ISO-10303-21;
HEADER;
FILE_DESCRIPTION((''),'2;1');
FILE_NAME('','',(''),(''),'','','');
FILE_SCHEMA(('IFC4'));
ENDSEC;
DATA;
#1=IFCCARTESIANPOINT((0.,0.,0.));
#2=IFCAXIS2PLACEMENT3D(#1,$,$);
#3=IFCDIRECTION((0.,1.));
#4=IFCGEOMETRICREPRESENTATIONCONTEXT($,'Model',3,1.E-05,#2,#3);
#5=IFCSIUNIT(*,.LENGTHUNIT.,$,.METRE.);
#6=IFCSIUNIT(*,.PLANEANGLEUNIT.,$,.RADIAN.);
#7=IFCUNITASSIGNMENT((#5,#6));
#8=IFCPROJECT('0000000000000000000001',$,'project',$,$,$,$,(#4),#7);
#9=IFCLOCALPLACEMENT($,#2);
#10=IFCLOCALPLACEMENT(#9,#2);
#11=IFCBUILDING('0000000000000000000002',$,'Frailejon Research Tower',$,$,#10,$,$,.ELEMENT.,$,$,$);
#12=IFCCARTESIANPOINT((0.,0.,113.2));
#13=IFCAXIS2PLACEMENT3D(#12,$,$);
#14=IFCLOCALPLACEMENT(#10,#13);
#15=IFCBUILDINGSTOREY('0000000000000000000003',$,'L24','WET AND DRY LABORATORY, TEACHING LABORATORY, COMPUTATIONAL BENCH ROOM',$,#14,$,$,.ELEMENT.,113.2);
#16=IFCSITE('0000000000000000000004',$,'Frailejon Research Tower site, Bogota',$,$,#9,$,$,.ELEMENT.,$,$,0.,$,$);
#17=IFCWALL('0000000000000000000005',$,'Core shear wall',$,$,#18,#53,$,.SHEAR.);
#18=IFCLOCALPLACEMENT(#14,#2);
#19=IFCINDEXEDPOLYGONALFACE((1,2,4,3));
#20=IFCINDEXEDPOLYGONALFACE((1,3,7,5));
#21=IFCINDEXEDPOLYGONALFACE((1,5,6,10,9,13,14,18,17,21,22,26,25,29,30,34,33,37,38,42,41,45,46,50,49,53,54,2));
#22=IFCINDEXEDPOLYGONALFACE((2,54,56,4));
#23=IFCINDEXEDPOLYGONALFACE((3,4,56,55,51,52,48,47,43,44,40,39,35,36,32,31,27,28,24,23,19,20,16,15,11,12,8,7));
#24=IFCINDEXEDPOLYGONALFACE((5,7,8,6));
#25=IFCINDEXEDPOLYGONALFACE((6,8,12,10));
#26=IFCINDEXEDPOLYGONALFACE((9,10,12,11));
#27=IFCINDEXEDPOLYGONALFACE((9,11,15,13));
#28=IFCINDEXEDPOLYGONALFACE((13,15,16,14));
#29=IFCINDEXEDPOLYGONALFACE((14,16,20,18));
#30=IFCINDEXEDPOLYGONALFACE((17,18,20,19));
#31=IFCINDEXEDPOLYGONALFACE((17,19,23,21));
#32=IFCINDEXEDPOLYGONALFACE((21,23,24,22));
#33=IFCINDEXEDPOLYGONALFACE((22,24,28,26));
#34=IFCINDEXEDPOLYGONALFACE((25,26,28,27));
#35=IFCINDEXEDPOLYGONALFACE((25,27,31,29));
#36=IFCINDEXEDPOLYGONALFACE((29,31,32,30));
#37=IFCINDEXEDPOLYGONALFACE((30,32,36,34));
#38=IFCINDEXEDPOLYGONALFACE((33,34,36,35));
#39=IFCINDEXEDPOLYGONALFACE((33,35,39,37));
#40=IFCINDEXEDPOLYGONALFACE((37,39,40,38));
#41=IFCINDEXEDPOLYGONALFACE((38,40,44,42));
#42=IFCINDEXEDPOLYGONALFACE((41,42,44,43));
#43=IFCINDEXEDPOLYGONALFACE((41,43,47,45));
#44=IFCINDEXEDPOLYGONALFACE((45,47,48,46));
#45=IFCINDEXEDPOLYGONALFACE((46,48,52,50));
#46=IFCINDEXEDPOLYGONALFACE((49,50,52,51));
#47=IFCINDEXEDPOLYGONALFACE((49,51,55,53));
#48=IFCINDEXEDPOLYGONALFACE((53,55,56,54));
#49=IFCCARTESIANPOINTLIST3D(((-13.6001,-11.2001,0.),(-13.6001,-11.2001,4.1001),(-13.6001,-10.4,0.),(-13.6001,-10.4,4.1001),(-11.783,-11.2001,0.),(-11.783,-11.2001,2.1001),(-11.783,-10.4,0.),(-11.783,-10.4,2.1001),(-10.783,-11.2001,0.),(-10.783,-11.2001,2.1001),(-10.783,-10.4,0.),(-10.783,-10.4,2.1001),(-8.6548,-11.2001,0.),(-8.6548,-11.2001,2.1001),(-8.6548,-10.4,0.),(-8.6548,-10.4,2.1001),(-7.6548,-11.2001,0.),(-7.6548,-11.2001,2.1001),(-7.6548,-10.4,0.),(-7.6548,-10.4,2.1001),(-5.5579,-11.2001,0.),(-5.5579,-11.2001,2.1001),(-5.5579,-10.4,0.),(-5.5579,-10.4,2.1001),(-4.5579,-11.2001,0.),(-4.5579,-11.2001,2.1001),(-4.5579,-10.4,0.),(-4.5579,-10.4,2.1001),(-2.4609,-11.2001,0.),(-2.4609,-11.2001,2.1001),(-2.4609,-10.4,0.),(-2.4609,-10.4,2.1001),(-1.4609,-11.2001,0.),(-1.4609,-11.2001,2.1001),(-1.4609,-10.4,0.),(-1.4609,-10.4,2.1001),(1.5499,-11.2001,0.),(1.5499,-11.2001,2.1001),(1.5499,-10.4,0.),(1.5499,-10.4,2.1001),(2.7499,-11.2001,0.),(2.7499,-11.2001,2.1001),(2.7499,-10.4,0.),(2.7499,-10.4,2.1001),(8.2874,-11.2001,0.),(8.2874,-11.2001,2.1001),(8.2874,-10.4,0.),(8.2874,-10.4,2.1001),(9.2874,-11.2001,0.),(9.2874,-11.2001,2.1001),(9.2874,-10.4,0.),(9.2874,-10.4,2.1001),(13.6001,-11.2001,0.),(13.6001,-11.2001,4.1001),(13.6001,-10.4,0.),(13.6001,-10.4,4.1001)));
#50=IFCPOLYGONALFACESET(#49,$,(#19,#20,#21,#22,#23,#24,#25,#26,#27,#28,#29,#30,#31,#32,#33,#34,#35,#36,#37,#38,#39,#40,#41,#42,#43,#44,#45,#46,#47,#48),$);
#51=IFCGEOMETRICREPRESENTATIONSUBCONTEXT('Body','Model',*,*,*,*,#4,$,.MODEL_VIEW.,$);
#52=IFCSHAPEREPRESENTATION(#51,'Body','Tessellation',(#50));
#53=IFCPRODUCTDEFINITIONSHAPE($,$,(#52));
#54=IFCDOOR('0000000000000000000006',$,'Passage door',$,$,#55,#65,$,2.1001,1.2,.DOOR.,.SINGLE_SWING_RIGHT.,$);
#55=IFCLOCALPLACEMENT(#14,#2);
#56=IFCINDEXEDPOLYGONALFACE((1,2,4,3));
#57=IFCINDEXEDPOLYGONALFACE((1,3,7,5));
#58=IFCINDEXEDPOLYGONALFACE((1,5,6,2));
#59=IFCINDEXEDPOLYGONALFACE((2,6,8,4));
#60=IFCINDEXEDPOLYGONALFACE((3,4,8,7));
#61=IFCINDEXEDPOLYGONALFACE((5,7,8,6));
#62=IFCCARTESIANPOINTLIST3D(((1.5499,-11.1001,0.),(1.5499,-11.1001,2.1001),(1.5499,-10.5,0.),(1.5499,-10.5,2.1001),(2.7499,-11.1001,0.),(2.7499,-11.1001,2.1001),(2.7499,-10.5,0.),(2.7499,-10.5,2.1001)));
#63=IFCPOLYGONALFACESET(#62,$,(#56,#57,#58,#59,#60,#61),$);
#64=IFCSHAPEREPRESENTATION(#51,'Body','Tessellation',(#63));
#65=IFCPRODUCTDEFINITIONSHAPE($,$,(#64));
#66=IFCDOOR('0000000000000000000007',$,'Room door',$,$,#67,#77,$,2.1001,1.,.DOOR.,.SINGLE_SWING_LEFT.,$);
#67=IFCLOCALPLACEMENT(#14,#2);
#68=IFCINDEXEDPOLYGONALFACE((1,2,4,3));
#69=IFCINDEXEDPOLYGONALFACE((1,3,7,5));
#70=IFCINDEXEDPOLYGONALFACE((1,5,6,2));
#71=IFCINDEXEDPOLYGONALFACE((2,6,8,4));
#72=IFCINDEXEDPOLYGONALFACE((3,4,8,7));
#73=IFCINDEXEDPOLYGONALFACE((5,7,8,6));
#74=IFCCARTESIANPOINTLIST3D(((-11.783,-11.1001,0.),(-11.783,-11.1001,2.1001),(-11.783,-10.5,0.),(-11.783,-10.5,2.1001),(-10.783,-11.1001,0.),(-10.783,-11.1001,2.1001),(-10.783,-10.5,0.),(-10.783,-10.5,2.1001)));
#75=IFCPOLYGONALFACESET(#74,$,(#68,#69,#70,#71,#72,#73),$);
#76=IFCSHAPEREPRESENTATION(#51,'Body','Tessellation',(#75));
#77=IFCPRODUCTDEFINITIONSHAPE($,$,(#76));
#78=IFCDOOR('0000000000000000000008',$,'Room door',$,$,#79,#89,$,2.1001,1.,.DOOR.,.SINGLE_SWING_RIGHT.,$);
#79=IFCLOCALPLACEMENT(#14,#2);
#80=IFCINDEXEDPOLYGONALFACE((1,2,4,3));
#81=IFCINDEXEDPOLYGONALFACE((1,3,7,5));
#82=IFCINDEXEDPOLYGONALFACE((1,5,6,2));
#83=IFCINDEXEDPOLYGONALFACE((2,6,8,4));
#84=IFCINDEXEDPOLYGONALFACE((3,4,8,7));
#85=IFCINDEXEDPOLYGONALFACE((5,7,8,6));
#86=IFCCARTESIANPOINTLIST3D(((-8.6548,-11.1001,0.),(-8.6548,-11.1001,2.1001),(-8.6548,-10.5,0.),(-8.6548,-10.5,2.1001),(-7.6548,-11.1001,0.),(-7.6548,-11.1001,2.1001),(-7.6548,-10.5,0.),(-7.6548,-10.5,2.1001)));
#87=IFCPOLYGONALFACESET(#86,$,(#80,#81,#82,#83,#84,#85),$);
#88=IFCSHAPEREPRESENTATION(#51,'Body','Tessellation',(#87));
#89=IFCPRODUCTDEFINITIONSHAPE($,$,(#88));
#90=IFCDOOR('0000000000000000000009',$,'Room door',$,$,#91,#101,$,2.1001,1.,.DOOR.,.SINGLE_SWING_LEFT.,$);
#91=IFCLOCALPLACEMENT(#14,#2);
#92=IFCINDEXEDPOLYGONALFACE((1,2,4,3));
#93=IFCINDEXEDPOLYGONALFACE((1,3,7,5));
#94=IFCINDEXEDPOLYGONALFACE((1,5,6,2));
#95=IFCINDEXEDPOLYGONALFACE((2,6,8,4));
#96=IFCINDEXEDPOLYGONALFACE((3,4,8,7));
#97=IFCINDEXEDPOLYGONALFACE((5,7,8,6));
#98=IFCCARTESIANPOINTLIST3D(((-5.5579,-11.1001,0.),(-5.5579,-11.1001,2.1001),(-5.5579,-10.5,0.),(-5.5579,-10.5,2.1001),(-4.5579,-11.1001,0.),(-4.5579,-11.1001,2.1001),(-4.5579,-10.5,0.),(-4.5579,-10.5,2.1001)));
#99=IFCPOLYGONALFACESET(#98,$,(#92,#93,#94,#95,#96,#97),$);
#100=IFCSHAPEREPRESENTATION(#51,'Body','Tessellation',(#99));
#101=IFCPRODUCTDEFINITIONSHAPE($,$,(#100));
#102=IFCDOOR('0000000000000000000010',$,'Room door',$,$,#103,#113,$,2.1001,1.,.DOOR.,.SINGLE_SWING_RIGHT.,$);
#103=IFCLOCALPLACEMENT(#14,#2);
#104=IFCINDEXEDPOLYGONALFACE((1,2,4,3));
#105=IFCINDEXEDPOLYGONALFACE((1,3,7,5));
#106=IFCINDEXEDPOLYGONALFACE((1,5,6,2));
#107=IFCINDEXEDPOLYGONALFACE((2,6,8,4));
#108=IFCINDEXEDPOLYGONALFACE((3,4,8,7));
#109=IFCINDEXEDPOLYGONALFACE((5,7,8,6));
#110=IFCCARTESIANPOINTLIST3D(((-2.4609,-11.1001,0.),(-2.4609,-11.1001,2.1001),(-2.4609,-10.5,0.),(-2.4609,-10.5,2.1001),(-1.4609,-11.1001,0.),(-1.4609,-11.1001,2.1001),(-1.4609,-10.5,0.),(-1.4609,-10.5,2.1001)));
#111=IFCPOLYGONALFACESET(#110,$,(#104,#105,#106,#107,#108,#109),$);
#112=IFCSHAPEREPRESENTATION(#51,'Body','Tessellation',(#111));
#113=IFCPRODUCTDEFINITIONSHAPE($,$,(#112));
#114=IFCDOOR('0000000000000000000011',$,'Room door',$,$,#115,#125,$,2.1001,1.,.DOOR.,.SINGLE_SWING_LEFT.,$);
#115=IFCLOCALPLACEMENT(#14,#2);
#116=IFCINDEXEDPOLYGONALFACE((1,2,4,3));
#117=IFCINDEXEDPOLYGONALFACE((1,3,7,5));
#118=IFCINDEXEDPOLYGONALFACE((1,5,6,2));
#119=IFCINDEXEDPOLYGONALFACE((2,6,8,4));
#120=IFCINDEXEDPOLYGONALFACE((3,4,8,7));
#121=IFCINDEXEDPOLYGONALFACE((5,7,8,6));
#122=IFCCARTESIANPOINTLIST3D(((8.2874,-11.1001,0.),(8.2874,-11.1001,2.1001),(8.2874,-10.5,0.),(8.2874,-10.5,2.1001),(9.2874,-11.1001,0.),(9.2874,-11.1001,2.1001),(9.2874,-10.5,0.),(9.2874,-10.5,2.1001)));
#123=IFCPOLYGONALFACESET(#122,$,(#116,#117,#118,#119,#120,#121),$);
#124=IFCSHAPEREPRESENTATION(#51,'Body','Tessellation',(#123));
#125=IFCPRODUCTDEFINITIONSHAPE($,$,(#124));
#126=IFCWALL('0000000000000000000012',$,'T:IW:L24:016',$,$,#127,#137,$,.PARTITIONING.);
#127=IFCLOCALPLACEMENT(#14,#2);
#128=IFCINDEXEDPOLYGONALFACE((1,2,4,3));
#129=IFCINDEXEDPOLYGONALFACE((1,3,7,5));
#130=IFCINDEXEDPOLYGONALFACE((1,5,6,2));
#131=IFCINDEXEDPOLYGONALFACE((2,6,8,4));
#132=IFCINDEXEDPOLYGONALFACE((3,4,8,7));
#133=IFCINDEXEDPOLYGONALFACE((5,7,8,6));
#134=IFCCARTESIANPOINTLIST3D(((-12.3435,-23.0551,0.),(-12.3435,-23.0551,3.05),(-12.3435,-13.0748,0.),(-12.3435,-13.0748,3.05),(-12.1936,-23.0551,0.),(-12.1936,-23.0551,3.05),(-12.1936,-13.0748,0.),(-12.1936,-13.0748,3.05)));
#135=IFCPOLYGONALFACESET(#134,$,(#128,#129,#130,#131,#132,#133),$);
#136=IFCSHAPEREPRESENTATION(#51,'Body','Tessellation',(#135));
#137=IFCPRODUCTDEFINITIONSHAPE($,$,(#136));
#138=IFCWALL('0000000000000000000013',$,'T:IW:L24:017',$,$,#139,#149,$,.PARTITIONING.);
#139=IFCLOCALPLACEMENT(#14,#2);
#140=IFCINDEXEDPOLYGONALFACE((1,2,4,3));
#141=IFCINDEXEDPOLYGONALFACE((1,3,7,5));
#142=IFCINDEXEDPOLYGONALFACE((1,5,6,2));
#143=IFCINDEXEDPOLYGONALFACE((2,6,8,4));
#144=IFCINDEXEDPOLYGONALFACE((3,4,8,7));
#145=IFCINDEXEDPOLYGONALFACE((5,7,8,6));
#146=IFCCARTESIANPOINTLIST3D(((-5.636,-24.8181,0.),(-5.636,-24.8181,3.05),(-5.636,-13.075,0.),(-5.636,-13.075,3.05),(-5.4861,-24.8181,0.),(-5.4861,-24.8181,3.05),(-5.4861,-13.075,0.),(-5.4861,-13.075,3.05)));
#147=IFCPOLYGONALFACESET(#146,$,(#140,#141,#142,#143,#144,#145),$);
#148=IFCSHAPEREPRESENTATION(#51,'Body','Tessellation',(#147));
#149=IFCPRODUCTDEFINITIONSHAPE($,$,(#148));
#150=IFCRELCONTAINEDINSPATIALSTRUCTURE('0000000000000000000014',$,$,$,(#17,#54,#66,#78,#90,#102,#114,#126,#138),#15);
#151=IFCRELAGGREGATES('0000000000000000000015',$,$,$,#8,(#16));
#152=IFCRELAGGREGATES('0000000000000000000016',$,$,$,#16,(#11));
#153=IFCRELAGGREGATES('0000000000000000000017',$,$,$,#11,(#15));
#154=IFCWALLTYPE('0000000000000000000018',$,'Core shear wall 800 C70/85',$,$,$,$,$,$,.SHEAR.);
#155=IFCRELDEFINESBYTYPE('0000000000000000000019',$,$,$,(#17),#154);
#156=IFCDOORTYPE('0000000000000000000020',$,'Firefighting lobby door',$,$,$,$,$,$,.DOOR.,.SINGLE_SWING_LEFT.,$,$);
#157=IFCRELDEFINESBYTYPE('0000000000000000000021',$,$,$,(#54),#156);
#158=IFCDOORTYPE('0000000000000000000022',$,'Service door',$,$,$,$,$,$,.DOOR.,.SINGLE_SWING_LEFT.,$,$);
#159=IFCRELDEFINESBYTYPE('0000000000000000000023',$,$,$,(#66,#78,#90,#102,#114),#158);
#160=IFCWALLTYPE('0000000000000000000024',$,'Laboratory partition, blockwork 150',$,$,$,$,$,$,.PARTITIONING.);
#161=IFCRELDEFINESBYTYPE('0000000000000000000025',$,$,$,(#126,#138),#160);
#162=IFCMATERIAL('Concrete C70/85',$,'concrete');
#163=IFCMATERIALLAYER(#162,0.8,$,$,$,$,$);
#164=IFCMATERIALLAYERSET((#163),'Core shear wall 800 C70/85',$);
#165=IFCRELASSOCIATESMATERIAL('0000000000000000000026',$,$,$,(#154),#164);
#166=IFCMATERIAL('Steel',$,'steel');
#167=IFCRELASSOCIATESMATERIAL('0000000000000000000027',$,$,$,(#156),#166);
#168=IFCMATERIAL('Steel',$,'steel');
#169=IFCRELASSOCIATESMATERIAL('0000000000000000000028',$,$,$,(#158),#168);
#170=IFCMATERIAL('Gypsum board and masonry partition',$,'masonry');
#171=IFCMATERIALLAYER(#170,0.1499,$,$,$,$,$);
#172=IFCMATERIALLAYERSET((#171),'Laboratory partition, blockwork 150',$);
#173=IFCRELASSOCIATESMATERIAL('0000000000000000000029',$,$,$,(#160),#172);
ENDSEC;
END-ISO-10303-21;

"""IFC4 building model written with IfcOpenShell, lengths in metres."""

from ifc_helpers import new_model, si_unit, direction, frame, frame_2d, origin, place, context, subcontext, project, spatial, rectangle, extrude, material, layer, layer_set, type_object, element, fill, save


model = new_model("IFC4")

# Units and contexts
model_context = context("Model", 3, precision=1e-05, world=origin(), true_north=direction((0.0, 1.0)))
body_context = subcontext(model_context, "Body", "Model", "MODEL_VIEW")
ifc_project = project(units=[si_unit("LENGTHUNIT", "METRE"), si_unit("PLANEANGLEUNIT", "RADIAN")], contexts=[model_context])

# Site, building, storey
site_placement = place(None, origin())
site = spatial("IfcSite", under=ifc_project, at=site_placement, Name="Frailejon Research Tower site, Bogota", CompositionType="ELEMENT", RefElevation=0.0)
building_placement = place(site_placement, origin())
building = spatial("IfcBuilding", under=site, at=building_placement, Name="Frailejon Research Tower", CompositionType="ELEMENT")
storey_placement = place(building_placement, frame((0.0, 0.0, 113.2)))
storey = spatial("IfcBuildingStorey", under=building, at=storey_placement, Name="L24", Description="WET AND DRY LABORATORY, TEACHING LABORATORY, COMPUTATIONAL BENCH ROOM", CompositionType="ELEMENT", Elevation=113.2)

# Wall, openings, doors
ifc_material_1 = material(Name="Concrete C70/85", Category="concrete")
ifc_layer_1 = layer(ifc_material_1, 0.8)
ifc_layer_set_1 = layer_set([ifc_layer_1], Name="Core shear wall 800 C70/85")
wall_type_1 = type_object("IfcWallType", Name="Core shear wall 800 C70/85", PredefinedType="SHEAR", material=ifc_layer_set_1)
wall_1_placement = place(storey_placement, frame((-13.6001, -10.8, 0.0), z_axis=(0.0, 0.0, 1.0), x_axis=(1.0, 0.0, 0.0)))
wall_1 = element("IfcWall", 1, at=wall_1_placement, inside=storey, type_object=wall_type_1, Name="Core shear wall", PredefinedType="SHEAR", context=body_context, shape_type="SweptSolid", body=[
    extrude(rectangle(XDim=27.2002, YDim=0.8, at=frame_2d((13.6001, 0.0))), origin(), (0.0, 0.0, 1.0), 4.1001),
])
opening_1_placement = place(wall_1_placement, frame((1.8171, 0.0, 0.0)))
opening_1 = element("IfcOpeningElement", 2, at=opening_1_placement, cuts=wall_1, PredefinedType="OPENING", context=body_context, shape_type="SweptSolid", body=[
    extrude(rectangle(XDim=1.0, YDim=2.1001, at=frame_2d((0.5, 1.05))), frame((0.0, 0.4099, 0.0), z_axis=(0.0, -1.0, 0.0), x_axis=(1.0, 0.0, 0.0)), (0.0, 0.0, 1.0), 0.8201),
])
opening_2_placement = place(wall_1_placement, frame((4.9453, 0.0, 0.0)))
opening_2 = element("IfcOpeningElement", 3, at=opening_2_placement, cuts=wall_1, PredefinedType="OPENING", context=body_context, shape_type="SweptSolid", body=[
    extrude(rectangle(XDim=1.0, YDim=2.1001, at=frame_2d((0.5, 1.05))), frame((0.0, 0.4099, 0.0), z_axis=(0.0, -1.0, 0.0), x_axis=(1.0, 0.0, 0.0)), (0.0, 0.0, 1.0), 0.8201),
])
opening_3_placement = place(wall_1_placement, frame((8.0422, 0.0, 0.0)))
opening_3 = element("IfcOpeningElement", 4, at=opening_3_placement, cuts=wall_1, PredefinedType="OPENING", context=body_context, shape_type="SweptSolid", body=[
    extrude(rectangle(XDim=1.0, YDim=2.1001, at=frame_2d((0.5, 1.05))), frame((0.0, 0.4099, 0.0), z_axis=(0.0, -1.0, 0.0), x_axis=(1.0, 0.0, 0.0)), (0.0, 0.0, 1.0), 0.8201),
])
opening_4_placement = place(wall_1_placement, frame((11.1392, 0.0, 0.0)))
opening_4 = element("IfcOpeningElement", 5, at=opening_4_placement, cuts=wall_1, PredefinedType="OPENING", context=body_context, shape_type="SweptSolid", body=[
    extrude(rectangle(XDim=1.0, YDim=2.1001, at=frame_2d((0.5, 1.05))), frame((0.0, 0.4099, 0.0), z_axis=(0.0, -1.0, 0.0), x_axis=(1.0, 0.0, 0.0)), (0.0, 0.0, 1.0), 0.8201),
])
opening_5_placement = place(wall_1_placement, frame((21.8875, 0.0, 0.0)))
opening_5 = element("IfcOpeningElement", 6, at=opening_5_placement, cuts=wall_1, PredefinedType="OPENING", context=body_context, shape_type="SweptSolid", body=[
    extrude(rectangle(XDim=1.0, YDim=2.1001, at=frame_2d((0.5, 1.05))), frame((0.0, 0.4099, 0.0), z_axis=(0.0, -1.0, 0.0), x_axis=(1.0, 0.0, 0.0)), (0.0, 0.0, 1.0), 0.8201),
])
opening_6_placement = place(wall_1_placement, frame((15.1499, 0.0, 0.0)))
opening_6 = element("IfcOpeningElement", 7, at=opening_6_placement, cuts=wall_1, PredefinedType="OPENING", context=body_context, shape_type="SweptSolid", body=[
    extrude(rectangle(XDim=1.2, YDim=2.1001, at=frame_2d((0.6001, 1.05))), frame((0.0, 0.4099, 0.0), z_axis=(0.0, -1.0, 0.0), x_axis=(1.0, 0.0, 0.0)), (0.0, 0.0, 1.0), 0.8201),
])
ifc_material_2 = material(Name="Steel", Category="steel")
door_type_1 = type_object("IfcDoorType", Name="Firefighting lobby door", OperationType="SINGLE_SWING_LEFT", PredefinedType="DOOR", material=ifc_material_2)
door_1_placement = place(opening_6_placement, origin())
door_1 = element("IfcDoor", 8, at=door_1_placement, inside=storey, type_object=door_type_1, Name="Passage door", OperationType="SINGLE_SWING_RIGHT", OverallHeight=2.1001, OverallWidth=1.2, PredefinedType="DOOR", context=body_context, shape_type="SweptSolid", body=[
    extrude(rectangle(XDim=1.2, YDim=2.1001, at=frame_2d((0.6001, 1.05))), frame((0.0, 0.3, 0.0), z_axis=(0.0, -1.0, 0.0), x_axis=(1.0, 0.0, 0.0)), (0.0, 0.0, 1.0), 0.6001),
])
fill(opening_6, door_1)
ifc_material_3 = material(Name="Steel", Category="steel")
door_type_2 = type_object("IfcDoorType", Name="Service door", OperationType="SINGLE_SWING_LEFT", PredefinedType="DOOR", material=ifc_material_3)
door_2_placement = place(opening_1_placement, origin())
door_2 = element("IfcDoor", 9, at=door_2_placement, inside=storey, type_object=door_type_2, Name="Room door", OperationType="SINGLE_SWING_LEFT", OverallHeight=2.1001, OverallWidth=1.0, PredefinedType="DOOR", context=body_context, shape_type="SweptSolid", body=[
    extrude(rectangle(XDim=1.0, YDim=2.1001, at=frame_2d((0.5, 1.05))), frame((0.0, 0.3, 0.0), z_axis=(0.0, -1.0, 0.0), x_axis=(1.0, 0.0, 0.0)), (0.0, 0.0, 1.0), 0.6001),
])
fill(opening_1, door_2)
door_3_placement = place(opening_2_placement, origin())
door_3 = element("IfcDoor", 10, at=door_3_placement, inside=storey, type_object=door_type_2, Name="Room door", OperationType="SINGLE_SWING_RIGHT", OverallHeight=2.1001, OverallWidth=1.0, PredefinedType="DOOR", context=body_context, shape_type="SweptSolid", body=[
    extrude(rectangle(XDim=1.0, YDim=2.1001, at=frame_2d((0.5, 1.05))), frame((0.0, 0.3, 0.0), z_axis=(0.0, -1.0, 0.0), x_axis=(1.0, 0.0, 0.0)), (0.0, 0.0, 1.0), 0.6001),
])
fill(opening_2, door_3)
door_4_placement = place(opening_3_placement, origin())
door_4 = element("IfcDoor", 11, at=door_4_placement, inside=storey, type_object=door_type_2, Name="Room door", OperationType="SINGLE_SWING_LEFT", OverallHeight=2.1001, OverallWidth=1.0, PredefinedType="DOOR", context=body_context, shape_type="SweptSolid", body=[
    extrude(rectangle(XDim=1.0, YDim=2.1001, at=frame_2d((0.5, 1.05))), frame((0.0, 0.3, 0.0), z_axis=(0.0, -1.0, 0.0), x_axis=(1.0, 0.0, 0.0)), (0.0, 0.0, 1.0), 0.6001),
])
fill(opening_3, door_4)
door_5_placement = place(opening_4_placement, origin())
door_5 = element("IfcDoor", 12, at=door_5_placement, inside=storey, type_object=door_type_2, Name="Room door", OperationType="SINGLE_SWING_RIGHT", OverallHeight=2.1001, OverallWidth=1.0, PredefinedType="DOOR", context=body_context, shape_type="SweptSolid", body=[
    extrude(rectangle(XDim=1.0, YDim=2.1001, at=frame_2d((0.5, 1.05))), frame((0.0, 0.3, 0.0), z_axis=(0.0, -1.0, 0.0), x_axis=(1.0, 0.0, 0.0)), (0.0, 0.0, 1.0), 0.6001),
])
fill(opening_4, door_5)
door_6_placement = place(opening_5_placement, origin())
door_6 = element("IfcDoor", 13, at=door_6_placement, inside=storey, type_object=door_type_2, Name="Room door", OperationType="SINGLE_SWING_LEFT", OverallHeight=2.1001, OverallWidth=1.0, PredefinedType="DOOR", context=body_context, shape_type="SweptSolid", body=[
    extrude(rectangle(XDim=1.0, YDim=2.1001, at=frame_2d((0.5, 1.05))), frame((0.0, 0.3, 0.0), z_axis=(0.0, -1.0, 0.0), x_axis=(1.0, 0.0, 0.0)), (0.0, 0.0, 1.0), 0.6001),
])
fill(opening_5, door_6)

# Walls
ifc_material_4 = material(Name="Gypsum board and masonry partition", Category="masonry")
ifc_layer_2 = layer(ifc_material_4, 0.1499)
ifc_layer_set_2 = layer_set([ifc_layer_2], Name="Laboratory partition, blockwork 150")
wall_type_2 = type_object("IfcWallType", Name="Laboratory partition, blockwork 150", PredefinedType="PARTITIONING", material=ifc_layer_set_2)
wall_2_placement = place(storey_placement, frame((-12.2686, -23.0552, 0.0), z_axis=(0.0, 0.0, 1.0), x_axis=(0.0, 1.0, 0.0)))
element("IfcWall", 14, at=wall_2_placement, inside=storey, type_object=wall_type_2, Name="T:IW:L24:016", PredefinedType="PARTITIONING", context=body_context, shape_type="SweptSolid", body=[
    extrude(rectangle(XDim=9.9802, YDim=0.1499, at=frame_2d((4.9902, 0.0))), origin(), (0.0, 0.0, 1.0), 3.05),
])
wall_3_placement = place(storey_placement, frame((-5.561, -24.8181, 0.0), z_axis=(0.0, 0.0, 1.0), x_axis=(0.0, 1.0, 0.0)))
element("IfcWall", 15, at=wall_3_placement, inside=storey, type_object=wall_type_2, Name="T:IW:L24:017", PredefinedType="PARTITIONING", context=body_context, shape_type="SweptSolid", body=[
    extrude(rectangle(XDim=11.7432, YDim=0.1499, at=frame_2d((5.8716, 0.0))), origin(), (0.0, 0.0, 1.0), 3.05),
])

save(model, "model.ifc")
